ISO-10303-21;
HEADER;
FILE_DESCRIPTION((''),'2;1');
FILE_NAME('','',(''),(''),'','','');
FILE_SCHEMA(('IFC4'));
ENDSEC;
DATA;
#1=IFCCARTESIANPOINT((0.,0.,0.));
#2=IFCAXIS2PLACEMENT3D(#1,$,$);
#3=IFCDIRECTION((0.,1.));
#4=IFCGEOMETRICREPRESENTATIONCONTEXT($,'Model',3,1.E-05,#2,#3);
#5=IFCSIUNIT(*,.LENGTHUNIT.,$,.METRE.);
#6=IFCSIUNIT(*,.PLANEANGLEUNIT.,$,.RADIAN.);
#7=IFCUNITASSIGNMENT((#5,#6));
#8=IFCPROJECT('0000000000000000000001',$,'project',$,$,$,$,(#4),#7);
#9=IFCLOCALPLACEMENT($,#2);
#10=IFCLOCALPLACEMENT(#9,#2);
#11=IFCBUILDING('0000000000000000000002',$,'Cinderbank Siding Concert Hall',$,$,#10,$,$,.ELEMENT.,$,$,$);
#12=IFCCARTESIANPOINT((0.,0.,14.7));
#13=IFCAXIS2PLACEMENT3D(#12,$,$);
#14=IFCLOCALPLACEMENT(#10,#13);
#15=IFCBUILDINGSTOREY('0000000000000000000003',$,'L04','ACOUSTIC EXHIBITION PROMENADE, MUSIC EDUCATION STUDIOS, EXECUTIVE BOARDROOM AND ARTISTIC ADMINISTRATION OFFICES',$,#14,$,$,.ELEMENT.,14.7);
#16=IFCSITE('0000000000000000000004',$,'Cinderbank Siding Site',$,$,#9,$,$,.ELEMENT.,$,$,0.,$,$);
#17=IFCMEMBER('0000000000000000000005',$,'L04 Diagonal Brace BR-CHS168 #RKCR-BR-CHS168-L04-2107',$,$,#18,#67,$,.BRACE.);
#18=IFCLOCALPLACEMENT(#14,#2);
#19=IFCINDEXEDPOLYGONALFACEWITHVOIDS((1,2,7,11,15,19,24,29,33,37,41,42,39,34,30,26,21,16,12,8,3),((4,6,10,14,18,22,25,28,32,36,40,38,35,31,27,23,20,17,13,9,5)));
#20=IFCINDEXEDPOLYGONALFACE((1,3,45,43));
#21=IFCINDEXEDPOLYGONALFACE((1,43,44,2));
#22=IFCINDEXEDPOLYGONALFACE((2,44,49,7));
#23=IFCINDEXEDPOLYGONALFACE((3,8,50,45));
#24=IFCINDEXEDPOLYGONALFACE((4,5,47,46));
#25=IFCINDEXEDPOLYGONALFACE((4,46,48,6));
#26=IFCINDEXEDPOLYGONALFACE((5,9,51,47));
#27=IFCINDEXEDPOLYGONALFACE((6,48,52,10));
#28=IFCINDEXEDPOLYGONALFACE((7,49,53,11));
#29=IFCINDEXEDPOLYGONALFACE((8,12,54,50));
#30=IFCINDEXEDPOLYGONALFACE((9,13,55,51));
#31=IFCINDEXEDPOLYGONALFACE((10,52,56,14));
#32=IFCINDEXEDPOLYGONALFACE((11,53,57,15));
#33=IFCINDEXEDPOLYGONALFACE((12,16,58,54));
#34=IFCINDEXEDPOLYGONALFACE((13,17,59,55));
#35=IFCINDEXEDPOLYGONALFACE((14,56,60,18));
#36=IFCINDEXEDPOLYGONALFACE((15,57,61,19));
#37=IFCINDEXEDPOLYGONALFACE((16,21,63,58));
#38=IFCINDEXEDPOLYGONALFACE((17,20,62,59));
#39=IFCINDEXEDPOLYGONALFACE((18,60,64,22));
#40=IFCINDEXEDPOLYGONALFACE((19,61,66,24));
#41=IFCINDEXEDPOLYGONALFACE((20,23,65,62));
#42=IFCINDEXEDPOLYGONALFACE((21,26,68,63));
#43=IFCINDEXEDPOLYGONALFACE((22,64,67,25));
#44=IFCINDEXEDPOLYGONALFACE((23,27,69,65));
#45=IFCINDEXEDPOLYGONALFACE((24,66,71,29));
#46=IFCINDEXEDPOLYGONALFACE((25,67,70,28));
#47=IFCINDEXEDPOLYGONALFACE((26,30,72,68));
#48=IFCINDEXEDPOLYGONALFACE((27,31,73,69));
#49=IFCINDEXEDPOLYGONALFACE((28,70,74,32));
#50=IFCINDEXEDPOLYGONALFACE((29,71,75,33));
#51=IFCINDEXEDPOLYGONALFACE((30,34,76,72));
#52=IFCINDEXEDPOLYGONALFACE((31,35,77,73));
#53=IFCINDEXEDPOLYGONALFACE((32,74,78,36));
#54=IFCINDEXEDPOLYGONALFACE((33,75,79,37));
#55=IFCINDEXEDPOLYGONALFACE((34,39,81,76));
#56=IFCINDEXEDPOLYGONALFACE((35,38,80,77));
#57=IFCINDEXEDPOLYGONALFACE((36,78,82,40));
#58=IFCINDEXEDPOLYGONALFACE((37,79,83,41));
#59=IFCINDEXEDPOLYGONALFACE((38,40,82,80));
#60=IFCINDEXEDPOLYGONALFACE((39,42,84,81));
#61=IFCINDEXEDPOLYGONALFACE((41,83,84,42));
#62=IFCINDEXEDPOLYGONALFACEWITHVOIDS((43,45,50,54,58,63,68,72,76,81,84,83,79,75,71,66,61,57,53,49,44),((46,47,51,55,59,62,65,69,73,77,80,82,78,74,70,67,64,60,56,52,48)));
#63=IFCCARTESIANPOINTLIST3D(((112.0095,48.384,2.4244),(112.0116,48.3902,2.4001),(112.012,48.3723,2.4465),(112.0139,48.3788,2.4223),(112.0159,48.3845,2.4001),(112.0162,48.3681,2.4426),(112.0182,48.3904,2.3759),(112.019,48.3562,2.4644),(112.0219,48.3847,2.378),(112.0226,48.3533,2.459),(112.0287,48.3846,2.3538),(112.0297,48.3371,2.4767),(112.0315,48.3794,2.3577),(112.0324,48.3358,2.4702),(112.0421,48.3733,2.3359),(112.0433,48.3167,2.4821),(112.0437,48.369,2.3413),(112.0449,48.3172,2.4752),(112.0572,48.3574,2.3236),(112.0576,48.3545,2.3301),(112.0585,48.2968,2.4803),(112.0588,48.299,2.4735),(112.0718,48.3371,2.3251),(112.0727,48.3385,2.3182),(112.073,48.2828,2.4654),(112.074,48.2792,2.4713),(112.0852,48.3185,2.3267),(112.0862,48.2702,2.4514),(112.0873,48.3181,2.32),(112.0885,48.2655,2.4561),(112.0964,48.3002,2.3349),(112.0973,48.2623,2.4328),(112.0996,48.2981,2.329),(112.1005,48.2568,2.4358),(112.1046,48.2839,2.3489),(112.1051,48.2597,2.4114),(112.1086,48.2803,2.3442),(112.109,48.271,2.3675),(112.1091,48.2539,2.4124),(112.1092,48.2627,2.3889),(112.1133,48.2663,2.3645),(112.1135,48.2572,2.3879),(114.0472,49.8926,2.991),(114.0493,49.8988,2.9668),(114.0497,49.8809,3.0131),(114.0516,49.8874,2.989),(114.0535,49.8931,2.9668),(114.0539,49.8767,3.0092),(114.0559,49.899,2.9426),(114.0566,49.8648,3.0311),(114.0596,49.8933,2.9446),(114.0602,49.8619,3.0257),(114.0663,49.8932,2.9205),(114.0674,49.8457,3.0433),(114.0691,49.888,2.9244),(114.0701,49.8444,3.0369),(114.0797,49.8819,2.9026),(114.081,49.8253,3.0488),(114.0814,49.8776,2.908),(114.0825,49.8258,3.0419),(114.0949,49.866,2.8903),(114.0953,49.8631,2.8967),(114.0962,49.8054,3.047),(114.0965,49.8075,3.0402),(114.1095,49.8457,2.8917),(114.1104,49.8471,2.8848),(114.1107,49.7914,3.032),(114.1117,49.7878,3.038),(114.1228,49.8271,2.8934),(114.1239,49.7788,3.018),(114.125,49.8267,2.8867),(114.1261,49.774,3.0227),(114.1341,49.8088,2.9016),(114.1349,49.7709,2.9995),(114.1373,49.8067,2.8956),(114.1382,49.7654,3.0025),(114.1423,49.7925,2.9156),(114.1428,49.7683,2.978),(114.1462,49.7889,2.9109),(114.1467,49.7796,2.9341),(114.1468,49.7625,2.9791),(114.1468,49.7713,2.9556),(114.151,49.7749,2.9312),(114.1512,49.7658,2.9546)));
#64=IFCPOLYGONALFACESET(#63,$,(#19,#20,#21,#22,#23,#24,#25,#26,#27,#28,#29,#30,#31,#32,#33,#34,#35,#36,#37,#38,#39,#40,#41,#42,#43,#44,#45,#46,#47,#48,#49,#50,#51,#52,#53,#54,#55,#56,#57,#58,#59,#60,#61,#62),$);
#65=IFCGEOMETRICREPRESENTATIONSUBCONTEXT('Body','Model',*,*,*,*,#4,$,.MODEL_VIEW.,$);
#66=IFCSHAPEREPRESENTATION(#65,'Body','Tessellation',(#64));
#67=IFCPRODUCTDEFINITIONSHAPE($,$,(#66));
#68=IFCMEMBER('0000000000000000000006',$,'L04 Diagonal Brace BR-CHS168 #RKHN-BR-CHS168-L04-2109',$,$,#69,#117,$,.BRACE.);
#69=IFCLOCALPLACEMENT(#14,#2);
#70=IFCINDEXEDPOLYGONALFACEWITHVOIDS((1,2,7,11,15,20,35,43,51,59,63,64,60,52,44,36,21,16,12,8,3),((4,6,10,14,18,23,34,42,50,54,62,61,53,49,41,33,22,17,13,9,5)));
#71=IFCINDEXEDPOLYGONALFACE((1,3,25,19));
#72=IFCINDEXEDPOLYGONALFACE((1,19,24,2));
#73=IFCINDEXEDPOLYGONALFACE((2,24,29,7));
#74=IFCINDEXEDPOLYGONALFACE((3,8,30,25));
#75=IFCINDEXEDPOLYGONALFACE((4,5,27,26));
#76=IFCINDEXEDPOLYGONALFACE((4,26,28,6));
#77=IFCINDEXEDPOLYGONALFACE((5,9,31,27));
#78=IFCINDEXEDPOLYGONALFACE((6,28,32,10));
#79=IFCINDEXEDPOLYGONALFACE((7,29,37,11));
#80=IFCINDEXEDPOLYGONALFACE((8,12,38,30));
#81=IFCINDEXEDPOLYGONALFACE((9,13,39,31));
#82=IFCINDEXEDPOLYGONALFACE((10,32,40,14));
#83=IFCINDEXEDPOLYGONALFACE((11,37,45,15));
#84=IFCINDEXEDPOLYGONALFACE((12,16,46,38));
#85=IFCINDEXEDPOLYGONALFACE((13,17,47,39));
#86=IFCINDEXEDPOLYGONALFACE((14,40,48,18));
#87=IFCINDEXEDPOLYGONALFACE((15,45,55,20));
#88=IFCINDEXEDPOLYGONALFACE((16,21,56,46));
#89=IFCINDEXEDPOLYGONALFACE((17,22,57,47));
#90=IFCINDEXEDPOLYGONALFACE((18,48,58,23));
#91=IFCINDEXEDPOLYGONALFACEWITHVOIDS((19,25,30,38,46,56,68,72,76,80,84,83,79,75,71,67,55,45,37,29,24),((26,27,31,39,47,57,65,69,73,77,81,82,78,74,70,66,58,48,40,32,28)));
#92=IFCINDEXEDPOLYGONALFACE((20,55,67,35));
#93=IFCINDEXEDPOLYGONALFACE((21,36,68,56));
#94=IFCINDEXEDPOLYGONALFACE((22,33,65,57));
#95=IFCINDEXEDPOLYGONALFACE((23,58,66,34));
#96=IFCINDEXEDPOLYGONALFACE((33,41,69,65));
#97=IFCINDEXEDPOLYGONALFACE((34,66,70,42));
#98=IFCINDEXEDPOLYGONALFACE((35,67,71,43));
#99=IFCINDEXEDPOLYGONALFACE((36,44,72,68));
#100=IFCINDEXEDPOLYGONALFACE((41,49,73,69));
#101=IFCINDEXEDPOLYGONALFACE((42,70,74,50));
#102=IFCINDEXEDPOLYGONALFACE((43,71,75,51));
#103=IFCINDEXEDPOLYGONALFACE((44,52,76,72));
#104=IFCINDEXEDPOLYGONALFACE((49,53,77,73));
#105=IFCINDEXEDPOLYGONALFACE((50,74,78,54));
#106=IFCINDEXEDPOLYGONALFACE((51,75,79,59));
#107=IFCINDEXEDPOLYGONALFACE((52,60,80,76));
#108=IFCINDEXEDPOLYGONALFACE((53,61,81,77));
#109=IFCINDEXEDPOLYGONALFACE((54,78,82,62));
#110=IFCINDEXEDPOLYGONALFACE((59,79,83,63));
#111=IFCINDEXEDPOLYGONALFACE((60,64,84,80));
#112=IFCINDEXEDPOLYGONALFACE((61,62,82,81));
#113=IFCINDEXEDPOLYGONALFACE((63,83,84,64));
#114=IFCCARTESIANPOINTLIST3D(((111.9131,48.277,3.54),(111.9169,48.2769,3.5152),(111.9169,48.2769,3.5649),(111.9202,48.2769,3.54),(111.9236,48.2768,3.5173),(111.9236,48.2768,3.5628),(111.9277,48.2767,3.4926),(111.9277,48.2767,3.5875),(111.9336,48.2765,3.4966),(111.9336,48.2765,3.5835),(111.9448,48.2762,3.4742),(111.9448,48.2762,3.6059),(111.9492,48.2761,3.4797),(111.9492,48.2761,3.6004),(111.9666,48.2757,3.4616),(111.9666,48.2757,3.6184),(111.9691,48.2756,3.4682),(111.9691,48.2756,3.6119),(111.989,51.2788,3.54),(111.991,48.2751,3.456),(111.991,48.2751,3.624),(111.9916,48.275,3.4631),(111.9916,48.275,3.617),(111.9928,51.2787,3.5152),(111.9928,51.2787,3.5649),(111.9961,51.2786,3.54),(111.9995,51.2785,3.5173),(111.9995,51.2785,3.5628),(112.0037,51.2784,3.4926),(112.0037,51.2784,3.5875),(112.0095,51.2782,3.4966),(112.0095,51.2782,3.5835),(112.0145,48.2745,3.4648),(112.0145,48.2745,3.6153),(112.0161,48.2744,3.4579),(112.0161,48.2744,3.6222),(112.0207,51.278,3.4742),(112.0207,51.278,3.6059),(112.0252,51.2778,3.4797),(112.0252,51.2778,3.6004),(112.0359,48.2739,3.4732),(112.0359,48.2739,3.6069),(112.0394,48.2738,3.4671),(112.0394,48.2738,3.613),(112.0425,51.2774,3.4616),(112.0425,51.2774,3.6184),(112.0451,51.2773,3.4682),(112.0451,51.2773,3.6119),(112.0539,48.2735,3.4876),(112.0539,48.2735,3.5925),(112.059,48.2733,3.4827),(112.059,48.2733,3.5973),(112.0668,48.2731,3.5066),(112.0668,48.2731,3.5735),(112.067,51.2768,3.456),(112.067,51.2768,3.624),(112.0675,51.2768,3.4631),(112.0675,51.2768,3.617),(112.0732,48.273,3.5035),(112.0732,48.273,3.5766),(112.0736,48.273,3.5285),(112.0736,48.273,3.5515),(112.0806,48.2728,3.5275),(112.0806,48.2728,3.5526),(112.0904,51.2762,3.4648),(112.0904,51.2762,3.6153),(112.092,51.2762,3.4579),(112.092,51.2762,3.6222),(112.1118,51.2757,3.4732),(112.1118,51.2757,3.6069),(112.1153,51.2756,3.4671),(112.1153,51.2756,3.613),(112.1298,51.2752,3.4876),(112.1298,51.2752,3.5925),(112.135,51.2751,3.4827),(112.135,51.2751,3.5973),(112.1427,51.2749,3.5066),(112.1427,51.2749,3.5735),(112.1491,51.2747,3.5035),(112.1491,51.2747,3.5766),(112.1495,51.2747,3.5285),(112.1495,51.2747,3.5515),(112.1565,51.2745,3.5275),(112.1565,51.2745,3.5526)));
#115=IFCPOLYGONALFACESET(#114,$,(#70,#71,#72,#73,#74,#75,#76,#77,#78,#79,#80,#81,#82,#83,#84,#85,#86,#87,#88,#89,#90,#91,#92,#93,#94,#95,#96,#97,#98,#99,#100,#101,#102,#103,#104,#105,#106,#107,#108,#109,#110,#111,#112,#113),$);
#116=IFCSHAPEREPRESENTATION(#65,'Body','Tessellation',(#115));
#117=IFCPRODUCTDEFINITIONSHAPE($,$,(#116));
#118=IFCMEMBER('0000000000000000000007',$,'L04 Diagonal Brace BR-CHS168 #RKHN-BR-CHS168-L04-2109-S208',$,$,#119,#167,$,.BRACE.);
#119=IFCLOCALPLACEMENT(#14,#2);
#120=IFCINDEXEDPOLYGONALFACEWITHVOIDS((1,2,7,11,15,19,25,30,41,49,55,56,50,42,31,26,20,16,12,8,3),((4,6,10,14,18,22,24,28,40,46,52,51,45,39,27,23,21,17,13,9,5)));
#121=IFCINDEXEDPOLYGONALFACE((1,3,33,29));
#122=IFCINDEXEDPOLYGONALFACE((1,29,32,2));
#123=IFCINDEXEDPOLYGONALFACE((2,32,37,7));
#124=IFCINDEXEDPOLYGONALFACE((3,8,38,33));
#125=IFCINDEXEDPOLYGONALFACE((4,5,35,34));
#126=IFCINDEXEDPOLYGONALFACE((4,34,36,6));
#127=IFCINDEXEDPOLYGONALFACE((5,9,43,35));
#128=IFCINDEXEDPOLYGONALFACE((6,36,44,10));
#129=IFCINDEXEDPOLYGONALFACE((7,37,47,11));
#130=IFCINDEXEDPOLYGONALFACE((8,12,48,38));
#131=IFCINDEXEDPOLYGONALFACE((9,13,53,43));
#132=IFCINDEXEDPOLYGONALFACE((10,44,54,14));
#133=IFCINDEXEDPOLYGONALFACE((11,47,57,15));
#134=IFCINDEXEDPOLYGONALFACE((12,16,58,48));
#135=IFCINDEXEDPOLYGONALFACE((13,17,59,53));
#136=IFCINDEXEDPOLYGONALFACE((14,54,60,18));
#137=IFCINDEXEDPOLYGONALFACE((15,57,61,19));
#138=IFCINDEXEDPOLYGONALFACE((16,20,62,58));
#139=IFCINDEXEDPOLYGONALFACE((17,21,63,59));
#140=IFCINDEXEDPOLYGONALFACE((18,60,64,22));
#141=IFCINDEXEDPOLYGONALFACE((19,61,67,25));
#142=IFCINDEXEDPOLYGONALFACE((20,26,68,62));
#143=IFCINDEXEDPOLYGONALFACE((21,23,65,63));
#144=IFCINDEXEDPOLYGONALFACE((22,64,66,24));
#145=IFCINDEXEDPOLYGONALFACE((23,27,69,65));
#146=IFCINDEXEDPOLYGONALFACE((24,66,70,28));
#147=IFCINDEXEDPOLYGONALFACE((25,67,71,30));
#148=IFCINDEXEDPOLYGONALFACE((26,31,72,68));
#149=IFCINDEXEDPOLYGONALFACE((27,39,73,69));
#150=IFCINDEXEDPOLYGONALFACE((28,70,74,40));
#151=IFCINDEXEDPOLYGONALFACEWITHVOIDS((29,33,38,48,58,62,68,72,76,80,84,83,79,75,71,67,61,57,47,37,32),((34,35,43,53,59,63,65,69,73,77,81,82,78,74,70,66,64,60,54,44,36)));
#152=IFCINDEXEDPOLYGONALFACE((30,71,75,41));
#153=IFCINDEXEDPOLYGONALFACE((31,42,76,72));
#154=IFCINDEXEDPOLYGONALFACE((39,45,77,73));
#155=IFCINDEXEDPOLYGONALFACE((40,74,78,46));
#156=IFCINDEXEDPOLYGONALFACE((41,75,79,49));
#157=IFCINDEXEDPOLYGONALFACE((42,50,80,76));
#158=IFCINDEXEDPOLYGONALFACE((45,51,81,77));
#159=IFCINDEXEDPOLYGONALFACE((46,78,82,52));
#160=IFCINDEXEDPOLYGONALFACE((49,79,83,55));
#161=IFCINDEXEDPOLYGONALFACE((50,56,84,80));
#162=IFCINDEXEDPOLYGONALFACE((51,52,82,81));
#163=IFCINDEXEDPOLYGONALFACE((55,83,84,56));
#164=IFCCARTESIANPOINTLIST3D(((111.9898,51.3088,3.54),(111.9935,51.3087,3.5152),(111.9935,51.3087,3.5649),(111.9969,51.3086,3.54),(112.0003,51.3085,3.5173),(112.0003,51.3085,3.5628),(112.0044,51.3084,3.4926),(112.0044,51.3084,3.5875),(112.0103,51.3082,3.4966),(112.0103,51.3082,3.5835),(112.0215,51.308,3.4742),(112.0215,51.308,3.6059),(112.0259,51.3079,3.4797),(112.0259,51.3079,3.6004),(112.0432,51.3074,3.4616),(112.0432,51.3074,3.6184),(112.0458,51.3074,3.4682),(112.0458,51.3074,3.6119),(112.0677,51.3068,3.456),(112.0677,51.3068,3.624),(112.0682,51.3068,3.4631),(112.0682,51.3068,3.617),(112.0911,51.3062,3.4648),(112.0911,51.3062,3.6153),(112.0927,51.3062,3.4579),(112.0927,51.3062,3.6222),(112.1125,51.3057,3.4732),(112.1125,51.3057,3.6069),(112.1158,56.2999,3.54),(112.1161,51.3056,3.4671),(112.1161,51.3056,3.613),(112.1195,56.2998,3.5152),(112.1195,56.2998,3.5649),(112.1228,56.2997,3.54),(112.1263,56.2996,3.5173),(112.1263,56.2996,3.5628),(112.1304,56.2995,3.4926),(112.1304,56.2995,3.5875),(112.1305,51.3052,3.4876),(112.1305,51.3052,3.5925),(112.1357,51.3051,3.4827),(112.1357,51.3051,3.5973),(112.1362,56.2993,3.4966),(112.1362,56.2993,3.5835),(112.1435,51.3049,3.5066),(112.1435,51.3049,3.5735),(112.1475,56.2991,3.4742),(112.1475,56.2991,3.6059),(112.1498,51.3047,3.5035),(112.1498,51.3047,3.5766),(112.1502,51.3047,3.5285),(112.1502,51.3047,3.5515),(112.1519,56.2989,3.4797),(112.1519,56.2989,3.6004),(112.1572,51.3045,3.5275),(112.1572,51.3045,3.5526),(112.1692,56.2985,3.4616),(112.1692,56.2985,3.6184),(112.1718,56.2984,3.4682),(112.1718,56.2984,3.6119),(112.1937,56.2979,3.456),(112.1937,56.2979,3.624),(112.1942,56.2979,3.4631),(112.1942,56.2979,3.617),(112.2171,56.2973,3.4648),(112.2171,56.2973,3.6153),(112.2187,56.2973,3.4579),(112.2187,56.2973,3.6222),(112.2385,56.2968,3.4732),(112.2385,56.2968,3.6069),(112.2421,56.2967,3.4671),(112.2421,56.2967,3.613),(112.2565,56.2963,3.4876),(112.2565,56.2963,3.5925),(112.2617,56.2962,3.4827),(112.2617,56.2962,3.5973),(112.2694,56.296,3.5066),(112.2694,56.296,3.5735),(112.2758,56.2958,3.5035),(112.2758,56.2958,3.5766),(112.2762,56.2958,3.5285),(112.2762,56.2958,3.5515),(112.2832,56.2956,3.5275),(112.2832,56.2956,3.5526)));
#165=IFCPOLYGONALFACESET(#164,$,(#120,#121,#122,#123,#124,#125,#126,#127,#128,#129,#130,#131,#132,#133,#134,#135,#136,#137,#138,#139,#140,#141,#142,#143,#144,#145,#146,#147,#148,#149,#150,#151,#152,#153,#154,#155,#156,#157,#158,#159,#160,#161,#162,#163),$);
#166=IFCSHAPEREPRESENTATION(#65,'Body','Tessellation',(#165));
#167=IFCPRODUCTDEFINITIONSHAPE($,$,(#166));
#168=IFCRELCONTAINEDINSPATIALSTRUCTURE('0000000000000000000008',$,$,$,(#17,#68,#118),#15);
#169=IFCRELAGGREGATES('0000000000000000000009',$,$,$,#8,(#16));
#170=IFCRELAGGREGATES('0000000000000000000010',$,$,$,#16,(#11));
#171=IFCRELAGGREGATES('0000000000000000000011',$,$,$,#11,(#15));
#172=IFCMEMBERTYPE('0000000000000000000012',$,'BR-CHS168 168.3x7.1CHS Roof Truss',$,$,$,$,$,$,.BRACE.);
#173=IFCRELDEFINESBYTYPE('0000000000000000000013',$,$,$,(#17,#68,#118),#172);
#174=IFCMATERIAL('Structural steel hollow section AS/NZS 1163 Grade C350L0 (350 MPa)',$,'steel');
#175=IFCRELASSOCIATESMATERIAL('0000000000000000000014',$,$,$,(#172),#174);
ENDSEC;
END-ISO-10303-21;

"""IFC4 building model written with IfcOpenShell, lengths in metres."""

from ifc_helpers import new_model, si_unit, direction, frame, origin, origin_2d, place, context, subcontext, project, spatial, hollow_circle, extrude, material, material_profile, profile_set, type_object, element, save


model = new_model("IFC4")

# Units and contexts
model_context = context("Model", 3, precision=1e-05, world=origin(), true_north=direction((0.0, 1.0)))
body_context = subcontext(model_context, "Body", "Model", "MODEL_VIEW")
ifc_project = project(units=[si_unit("LENGTHUNIT", "METRE"), si_unit("PLANEANGLEUNIT", "RADIAN")], contexts=[model_context])

# Site, building, storey
site_placement = place(None, origin())
site = spatial("IfcSite", under=ifc_project, at=site_placement, Name="Cinderbank Siding Site", CompositionType="ELEMENT", RefElevation=0.0)
building_placement = place(site_placement, origin())
building = spatial("IfcBuilding", under=site, at=building_placement, Name="Cinderbank Siding Concert Hall", CompositionType="ELEMENT")
storey_placement = place(building_placement, frame((0.0, 0.0, 14.7)))
storey = spatial("IfcBuildingStorey", under=building, at=storey_placement, Name="L04", Description="ACOUSTIC EXHIBITION PROMENADE, MUSIC EDUCATION STUDIOS, EXECUTIVE BOARDROOM AND ARTISTIC ADMINISTRATION OFFICES", CompositionType="ELEMENT", Elevation=14.7)

# Shared definitions
ifc_material_1 = material(Name="Structural steel hollow section AS/NZS 1163 Grade C350L0 (350 MPa)", Category="steel")

# Members
ifc_material_profile_1 = material_profile(ifc_material_1, hollow_circle(Radius=0.0842, WallThickness=0.0071, at=origin_2d()), Name="168.3x7.1CHS", Category="LoadBearing")
ifc_profile_set_1 = profile_set([ifc_material_profile_1], Name="Structural steel hollow section AS/NZS 1163 Grade C350L0 (350 MPa)")
member_type = type_object("IfcMemberType", Name="BR-CHS168 168.3x7.1CHS Roof Truss", PredefinedType="BRACE", material=ifc_profile_set_1)
member_1_placement = place(storey_placement, frame((112.0618, 48.3225, 2.4001), z_axis=(0.784353, 0.580699, 0.218126), x_axis=(-0.595027, 0.803706, 0.0)))
element("IfcMember", 1, at=member_1_placement, inside=storey, type_object=member_type, Name="L04 Diagonal Brace BR-CHS168 #RKCR-BR-CHS168-L04-2107", PredefinedType="BRACE", context=body_context, shape_type="SweptSolid", body=[
    extrude(hollow_circle(Radius=0.0842, WallThickness=0.0071, at=origin_2d()), origin(), (0.0, 0.0, 1.0), 2.5979),
])
member_2_placement = place(storey_placement, frame((111.9973, 48.2749, 3.54), z_axis=(0.025287, 0.99968, 0.0), x_axis=(-0.99968, 0.025287, 0.0)))
element("IfcMember", 2, at=member_2_placement, inside=storey, type_object=member_type, Name="L04 Diagonal Brace BR-CHS168 #RKHN-BR-CHS168-L04-2109", PredefinedType="BRACE", context=body_context, shape_type="SweptSolid", body=[
    extrude(hollow_circle(Radius=0.0842, WallThickness=0.0071, at=origin_2d()), origin(), (0.0, 0.0, 1.0), 3.0027),
])
member_3_placement = place(storey_placement, frame((112.074, 51.3066, 3.54), z_axis=(0.025233, 0.999682, 0.0), x_axis=(-0.999682, 0.025233, 0.0)))
element("IfcMember", 3, at=member_3_placement, inside=storey, type_object=member_type, Name="L04 Diagonal Brace BR-CHS168 #RKHN-BR-CHS168-L04-2109-S208", PredefinedType="BRACE", context=body_context, shape_type="SweptSolid", body=[
    extrude(hollow_circle(Radius=0.0842, WallThickness=0.0071, at=origin_2d()), origin(), (0.0, 0.0, 1.0), 4.9927),
])

save(model, "model.ifc")
